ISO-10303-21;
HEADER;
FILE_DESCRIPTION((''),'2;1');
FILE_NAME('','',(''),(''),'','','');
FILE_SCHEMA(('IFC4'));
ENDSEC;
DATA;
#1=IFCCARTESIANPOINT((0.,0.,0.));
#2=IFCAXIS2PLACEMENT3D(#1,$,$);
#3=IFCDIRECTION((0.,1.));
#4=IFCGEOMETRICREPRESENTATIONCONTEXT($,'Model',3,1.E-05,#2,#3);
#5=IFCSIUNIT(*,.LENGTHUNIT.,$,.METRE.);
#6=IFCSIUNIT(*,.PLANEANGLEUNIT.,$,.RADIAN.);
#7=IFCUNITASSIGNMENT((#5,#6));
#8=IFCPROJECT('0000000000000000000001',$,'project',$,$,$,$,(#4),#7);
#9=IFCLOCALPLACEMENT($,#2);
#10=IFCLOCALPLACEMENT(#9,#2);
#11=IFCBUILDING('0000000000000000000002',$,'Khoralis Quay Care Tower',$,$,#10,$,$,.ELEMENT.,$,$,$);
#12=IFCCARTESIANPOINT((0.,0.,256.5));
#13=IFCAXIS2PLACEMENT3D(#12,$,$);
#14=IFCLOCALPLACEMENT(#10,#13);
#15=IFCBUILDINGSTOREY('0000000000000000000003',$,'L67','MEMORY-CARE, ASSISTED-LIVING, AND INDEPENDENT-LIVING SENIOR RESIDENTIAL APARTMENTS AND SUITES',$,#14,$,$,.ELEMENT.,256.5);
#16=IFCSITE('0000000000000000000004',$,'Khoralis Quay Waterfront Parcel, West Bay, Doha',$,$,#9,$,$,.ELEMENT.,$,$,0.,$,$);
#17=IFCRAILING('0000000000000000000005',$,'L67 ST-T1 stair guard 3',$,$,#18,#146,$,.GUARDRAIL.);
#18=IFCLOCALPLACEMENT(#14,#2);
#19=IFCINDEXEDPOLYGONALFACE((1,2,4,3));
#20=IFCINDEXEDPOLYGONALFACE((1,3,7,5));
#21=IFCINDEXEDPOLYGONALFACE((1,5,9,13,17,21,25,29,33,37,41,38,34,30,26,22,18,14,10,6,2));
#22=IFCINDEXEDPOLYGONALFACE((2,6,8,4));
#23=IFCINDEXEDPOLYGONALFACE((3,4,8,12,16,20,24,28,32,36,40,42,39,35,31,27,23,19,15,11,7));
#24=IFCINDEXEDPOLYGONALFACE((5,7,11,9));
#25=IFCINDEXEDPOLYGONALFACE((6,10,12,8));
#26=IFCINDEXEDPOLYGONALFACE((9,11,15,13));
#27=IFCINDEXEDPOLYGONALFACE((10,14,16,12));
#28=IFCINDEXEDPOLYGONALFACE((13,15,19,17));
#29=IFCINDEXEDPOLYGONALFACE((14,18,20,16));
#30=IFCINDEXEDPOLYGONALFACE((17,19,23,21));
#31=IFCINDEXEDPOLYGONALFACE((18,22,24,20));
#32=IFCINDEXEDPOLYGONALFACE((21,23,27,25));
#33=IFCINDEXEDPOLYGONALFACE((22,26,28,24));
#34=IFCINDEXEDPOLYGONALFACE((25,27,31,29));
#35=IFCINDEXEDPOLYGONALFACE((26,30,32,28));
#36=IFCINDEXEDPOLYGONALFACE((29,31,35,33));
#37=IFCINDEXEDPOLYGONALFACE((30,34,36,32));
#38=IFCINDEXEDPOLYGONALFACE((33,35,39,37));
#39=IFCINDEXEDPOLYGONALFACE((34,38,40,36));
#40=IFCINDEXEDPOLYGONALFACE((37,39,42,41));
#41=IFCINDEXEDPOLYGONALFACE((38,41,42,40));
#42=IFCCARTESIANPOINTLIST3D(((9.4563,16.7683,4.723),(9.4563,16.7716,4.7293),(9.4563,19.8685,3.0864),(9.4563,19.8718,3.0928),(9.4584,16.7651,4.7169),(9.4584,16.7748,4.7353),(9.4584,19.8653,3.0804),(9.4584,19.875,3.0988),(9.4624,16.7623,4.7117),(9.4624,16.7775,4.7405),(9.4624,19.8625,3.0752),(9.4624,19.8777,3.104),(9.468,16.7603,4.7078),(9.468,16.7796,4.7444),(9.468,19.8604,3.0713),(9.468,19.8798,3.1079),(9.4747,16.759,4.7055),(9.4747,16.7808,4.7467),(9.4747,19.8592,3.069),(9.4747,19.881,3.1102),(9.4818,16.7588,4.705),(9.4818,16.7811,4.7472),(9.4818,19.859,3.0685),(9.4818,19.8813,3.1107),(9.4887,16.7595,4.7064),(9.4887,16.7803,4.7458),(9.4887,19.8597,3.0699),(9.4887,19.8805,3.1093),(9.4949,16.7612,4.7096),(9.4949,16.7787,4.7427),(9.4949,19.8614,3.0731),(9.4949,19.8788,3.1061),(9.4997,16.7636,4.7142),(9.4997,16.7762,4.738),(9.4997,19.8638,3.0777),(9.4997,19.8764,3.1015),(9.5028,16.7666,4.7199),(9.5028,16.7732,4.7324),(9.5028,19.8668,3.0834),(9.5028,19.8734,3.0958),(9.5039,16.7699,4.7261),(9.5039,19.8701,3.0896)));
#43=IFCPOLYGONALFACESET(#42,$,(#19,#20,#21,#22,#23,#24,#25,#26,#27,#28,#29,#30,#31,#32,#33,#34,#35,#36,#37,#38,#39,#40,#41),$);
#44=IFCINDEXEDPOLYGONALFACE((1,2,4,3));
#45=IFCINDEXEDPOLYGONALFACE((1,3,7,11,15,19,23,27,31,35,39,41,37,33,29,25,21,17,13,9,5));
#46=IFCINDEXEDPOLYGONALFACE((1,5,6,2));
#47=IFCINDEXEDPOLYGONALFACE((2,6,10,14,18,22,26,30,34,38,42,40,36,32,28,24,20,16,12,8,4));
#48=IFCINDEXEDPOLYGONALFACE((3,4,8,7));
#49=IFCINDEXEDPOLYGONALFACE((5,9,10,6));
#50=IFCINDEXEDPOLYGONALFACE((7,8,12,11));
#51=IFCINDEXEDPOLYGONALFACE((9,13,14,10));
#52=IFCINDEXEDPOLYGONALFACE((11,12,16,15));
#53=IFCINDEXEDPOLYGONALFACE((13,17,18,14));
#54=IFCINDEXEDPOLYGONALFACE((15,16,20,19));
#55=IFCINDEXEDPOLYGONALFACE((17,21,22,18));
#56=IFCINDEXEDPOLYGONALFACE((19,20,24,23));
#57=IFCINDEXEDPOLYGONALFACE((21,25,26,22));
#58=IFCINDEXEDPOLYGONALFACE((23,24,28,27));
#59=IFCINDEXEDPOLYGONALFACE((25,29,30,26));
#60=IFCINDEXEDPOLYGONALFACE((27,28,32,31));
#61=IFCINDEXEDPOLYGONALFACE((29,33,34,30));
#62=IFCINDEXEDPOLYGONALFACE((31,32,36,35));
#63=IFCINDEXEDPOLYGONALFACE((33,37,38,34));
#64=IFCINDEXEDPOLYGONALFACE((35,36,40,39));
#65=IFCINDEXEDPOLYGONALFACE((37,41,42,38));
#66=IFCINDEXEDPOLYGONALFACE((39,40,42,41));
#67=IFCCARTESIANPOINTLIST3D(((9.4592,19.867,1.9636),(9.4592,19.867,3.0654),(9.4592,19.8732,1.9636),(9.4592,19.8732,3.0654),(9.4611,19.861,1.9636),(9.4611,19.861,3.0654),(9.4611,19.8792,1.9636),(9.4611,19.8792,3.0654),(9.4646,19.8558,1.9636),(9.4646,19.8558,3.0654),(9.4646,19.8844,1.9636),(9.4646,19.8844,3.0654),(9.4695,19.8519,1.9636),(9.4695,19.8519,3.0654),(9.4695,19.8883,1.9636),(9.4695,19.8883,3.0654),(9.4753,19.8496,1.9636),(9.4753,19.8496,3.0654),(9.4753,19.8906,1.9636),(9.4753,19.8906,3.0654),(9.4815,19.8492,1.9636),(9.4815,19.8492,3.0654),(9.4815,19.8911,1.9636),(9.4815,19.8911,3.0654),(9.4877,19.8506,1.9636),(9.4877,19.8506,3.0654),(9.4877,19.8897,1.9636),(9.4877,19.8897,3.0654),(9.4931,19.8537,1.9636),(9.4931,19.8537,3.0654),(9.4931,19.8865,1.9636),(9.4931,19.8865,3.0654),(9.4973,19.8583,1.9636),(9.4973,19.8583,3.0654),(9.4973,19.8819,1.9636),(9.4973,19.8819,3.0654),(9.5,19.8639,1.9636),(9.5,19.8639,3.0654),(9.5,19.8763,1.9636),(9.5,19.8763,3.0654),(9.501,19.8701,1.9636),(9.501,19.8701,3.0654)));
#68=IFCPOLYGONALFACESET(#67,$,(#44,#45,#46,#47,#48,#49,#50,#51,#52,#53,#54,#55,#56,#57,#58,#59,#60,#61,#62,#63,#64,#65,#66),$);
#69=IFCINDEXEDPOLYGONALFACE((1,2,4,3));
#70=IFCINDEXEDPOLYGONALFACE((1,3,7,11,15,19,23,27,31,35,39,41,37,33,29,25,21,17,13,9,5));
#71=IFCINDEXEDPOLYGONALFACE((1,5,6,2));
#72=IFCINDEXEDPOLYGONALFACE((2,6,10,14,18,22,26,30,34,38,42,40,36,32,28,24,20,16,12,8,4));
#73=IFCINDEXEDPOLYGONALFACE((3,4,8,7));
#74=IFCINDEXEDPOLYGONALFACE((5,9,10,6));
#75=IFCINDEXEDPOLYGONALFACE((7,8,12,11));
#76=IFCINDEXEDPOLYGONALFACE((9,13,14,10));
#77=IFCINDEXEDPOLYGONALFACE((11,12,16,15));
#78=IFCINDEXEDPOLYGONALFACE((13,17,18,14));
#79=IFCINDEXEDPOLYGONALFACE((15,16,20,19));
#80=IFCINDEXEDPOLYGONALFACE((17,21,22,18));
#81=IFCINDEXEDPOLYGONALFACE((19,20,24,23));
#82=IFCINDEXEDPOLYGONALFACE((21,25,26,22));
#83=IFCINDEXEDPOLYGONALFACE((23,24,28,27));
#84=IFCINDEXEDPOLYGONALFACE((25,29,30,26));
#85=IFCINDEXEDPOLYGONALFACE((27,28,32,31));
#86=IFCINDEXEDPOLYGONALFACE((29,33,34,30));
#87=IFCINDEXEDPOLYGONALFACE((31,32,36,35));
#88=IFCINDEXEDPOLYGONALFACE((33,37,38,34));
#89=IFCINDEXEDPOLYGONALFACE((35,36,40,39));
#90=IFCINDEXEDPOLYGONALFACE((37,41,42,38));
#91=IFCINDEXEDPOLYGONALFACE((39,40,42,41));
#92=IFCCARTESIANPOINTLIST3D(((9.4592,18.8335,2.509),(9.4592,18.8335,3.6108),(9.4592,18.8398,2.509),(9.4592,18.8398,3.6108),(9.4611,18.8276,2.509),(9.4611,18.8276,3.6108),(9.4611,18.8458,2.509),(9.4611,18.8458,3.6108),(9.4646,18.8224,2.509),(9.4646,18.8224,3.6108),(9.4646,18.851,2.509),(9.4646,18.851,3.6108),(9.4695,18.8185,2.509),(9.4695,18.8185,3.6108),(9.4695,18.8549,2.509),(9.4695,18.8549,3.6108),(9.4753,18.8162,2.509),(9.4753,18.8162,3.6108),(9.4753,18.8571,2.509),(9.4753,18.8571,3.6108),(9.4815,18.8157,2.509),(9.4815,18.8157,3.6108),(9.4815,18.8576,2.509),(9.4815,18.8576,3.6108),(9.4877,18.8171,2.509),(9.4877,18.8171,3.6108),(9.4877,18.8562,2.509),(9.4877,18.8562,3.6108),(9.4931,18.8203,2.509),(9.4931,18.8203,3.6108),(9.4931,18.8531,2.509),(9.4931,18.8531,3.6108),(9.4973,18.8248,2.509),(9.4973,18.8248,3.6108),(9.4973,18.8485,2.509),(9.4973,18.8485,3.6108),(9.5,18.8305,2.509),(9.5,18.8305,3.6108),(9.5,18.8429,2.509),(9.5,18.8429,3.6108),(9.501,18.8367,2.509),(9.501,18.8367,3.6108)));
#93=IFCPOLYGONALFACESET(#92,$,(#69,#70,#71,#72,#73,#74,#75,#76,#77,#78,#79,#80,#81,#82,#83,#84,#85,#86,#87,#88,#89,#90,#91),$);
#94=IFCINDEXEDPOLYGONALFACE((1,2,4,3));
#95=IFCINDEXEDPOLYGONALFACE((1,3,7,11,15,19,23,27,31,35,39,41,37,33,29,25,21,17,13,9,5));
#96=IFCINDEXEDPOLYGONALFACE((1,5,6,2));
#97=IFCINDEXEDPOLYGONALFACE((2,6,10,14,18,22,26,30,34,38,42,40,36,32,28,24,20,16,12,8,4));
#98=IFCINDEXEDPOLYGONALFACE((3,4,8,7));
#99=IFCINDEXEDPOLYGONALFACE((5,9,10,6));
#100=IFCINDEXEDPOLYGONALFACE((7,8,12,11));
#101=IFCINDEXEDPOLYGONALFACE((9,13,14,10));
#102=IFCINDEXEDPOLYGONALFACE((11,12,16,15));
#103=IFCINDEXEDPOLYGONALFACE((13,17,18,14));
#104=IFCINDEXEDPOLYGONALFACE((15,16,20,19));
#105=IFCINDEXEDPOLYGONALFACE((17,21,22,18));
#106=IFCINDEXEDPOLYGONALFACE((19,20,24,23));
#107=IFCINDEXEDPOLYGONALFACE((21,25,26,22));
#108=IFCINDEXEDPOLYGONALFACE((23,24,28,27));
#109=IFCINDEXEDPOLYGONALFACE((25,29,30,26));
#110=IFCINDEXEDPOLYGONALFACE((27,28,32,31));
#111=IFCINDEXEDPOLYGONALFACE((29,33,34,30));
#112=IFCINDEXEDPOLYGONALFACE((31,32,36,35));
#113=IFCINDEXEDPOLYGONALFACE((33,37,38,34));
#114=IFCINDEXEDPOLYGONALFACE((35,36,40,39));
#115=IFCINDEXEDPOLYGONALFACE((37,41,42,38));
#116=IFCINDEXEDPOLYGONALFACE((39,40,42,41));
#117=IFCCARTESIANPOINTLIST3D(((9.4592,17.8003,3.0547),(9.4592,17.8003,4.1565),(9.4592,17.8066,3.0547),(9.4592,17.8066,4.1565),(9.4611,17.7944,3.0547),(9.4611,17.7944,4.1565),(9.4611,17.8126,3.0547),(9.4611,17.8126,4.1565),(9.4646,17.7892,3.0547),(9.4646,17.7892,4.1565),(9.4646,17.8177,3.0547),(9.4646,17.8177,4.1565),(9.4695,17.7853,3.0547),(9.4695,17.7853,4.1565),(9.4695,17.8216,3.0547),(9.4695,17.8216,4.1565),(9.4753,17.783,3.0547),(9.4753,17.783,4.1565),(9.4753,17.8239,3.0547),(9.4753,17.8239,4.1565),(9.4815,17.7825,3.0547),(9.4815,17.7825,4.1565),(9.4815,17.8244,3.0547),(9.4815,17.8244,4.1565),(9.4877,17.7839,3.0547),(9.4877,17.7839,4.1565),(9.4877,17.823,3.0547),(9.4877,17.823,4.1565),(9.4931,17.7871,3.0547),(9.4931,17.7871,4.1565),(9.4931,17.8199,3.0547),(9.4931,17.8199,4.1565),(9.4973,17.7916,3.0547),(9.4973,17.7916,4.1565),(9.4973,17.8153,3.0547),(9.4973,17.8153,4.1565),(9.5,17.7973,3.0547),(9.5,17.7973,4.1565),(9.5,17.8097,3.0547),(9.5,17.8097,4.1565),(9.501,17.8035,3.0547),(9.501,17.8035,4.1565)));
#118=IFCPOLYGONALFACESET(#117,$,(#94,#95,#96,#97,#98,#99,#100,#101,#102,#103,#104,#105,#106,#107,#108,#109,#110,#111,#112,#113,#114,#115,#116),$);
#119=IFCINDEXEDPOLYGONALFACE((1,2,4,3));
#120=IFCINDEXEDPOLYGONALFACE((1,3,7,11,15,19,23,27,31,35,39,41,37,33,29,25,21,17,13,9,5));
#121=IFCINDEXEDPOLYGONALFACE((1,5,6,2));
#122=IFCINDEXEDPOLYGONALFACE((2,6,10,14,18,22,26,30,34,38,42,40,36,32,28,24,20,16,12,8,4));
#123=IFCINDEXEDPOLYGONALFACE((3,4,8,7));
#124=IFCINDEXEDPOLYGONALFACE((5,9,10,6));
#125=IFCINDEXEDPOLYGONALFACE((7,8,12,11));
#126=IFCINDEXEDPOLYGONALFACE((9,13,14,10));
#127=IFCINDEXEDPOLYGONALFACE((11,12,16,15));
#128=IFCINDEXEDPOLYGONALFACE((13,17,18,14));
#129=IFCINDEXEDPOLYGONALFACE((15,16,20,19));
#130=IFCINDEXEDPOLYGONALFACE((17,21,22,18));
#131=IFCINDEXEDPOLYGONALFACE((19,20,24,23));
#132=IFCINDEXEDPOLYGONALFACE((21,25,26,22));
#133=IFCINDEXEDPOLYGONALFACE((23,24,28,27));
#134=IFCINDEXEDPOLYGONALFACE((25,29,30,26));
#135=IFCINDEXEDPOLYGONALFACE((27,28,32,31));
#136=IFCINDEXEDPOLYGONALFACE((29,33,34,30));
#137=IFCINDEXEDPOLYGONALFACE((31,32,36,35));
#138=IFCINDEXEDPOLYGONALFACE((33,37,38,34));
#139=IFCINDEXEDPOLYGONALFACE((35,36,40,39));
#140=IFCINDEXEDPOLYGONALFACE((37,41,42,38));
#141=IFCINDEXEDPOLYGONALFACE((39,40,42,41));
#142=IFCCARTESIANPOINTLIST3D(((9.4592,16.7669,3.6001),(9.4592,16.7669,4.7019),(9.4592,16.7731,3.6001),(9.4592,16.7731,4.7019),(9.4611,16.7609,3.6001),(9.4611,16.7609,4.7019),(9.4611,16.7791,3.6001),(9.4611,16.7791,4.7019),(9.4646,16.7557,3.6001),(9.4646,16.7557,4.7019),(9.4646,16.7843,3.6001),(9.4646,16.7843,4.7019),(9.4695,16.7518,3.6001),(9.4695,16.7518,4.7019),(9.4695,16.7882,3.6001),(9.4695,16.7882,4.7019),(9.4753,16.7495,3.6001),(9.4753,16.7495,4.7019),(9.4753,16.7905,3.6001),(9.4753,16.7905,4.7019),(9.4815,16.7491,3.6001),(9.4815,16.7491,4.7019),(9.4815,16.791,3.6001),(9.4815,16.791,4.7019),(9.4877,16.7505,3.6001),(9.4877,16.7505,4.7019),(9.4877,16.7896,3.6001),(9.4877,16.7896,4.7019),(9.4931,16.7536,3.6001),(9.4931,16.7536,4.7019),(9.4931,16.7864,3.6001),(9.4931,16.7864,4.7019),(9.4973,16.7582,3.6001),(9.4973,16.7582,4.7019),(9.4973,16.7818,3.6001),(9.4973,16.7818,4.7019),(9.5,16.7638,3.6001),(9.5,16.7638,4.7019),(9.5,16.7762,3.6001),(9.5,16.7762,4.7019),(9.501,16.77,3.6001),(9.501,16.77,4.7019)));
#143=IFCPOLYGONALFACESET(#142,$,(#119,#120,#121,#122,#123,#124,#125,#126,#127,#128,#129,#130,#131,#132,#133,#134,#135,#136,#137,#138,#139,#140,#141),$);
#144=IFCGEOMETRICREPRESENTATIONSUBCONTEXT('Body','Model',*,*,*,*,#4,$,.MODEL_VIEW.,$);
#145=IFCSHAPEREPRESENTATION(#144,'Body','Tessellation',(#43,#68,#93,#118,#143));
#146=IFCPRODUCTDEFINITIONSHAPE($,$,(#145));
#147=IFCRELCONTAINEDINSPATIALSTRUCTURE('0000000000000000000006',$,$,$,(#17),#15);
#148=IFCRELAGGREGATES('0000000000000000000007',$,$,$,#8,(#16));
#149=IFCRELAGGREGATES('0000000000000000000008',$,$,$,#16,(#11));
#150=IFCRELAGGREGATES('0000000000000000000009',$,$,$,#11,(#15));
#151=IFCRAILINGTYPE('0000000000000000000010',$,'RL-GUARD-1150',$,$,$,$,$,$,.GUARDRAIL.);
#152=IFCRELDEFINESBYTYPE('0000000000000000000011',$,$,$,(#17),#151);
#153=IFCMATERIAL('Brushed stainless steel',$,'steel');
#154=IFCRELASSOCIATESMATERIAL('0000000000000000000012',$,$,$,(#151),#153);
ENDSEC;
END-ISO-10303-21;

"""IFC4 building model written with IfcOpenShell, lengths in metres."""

from ifc_helpers import new_model, si_unit, direction, frame, origin, origin_2d, place, context, subcontext, project, spatial, circle, extrude, material, type_object, element, save


model = new_model("IFC4")

# Units and contexts
model_context = context("Model", 3, precision=1e-05, world=origin(), true_north=direction((0.0, 1.0)))
body_context = subcontext(model_context, "Body", "Model", "MODEL_VIEW")
ifc_project = project(units=[si_unit("LENGTHUNIT", "METRE"), si_unit("PLANEANGLEUNIT", "RADIAN")], contexts=[model_context])

# Site, building, storey
site_placement = place(None, origin())
site = spatial("IfcSite", under=ifc_project, at=site_placement, Name="Khoralis Quay Waterfront Parcel, West Bay, Doha", CompositionType="ELEMENT", RefElevation=0.0)
building_placement = place(site_placement, origin())
building = spatial("IfcBuilding", under=site, at=building_placement, Name="Khoralis Quay Care Tower", CompositionType="ELEMENT")
storey_placement = place(building_placement, frame((0.0, 0.0, 256.5)))
storey = spatial("IfcBuildingStorey", under=building, at=storey_placement, Name="L67", Description="MEMORY-CARE, ASSISTED-LIVING, AND INDEPENDENT-LIVING SENIOR RESIDENTIAL APARTMENTS AND SUITES", CompositionType="ELEMENT", Elevation=256.5)

# Shared definitions
ifc_material_1 = material(Name="Brushed stainless steel", Category="steel")

# Railing
railing_type_1 = type_object("IfcRailingType", Name="RL-GUARD-1150", PredefinedType="GUARDRAIL", material=ifc_material_1)
railing_1_placement = place(storey_placement, frame((9.48, 19.8701, 1.9636)))
element("IfcRailing", 1, at=railing_1_placement, inside=storey, type_object=railing_type_1, Name="L67 ST-T1 stair guard 3", PredefinedType="GUARDRAIL", context=body_context, shape_type="SweptSolid", body=[
    extrude(circle(Radius=0.0239, at=origin_2d()), frame((0.0, 0.0, 1.126), z_axis=(0.0, -0.884348, 0.466828), x_axis=(1.0, 0.0, 0.0)), (0.0, 0.0, 1.0), 3.5056),
    extrude(circle(Radius=0.021, at=origin_2d()), origin(), (0.0, 0.0, 1.0), 1.1018),
    extrude(circle(Radius=0.021, at=origin_2d()), frame((0.0, -1.0334, 0.5454)), (0.0, 0.0, 1.0), 1.1018),
    extrude(circle(Radius=0.021, at=origin_2d()), frame((0.0, -2.0667, 1.0911)), (0.0, 0.0, 1.0), 1.1018),
    extrude(circle(Radius=0.021, at=origin_2d()), frame((0.0, -3.1001, 1.6365)), (0.0, 0.0, 1.0), 1.1018),
])

save(model, "model.ifc")
